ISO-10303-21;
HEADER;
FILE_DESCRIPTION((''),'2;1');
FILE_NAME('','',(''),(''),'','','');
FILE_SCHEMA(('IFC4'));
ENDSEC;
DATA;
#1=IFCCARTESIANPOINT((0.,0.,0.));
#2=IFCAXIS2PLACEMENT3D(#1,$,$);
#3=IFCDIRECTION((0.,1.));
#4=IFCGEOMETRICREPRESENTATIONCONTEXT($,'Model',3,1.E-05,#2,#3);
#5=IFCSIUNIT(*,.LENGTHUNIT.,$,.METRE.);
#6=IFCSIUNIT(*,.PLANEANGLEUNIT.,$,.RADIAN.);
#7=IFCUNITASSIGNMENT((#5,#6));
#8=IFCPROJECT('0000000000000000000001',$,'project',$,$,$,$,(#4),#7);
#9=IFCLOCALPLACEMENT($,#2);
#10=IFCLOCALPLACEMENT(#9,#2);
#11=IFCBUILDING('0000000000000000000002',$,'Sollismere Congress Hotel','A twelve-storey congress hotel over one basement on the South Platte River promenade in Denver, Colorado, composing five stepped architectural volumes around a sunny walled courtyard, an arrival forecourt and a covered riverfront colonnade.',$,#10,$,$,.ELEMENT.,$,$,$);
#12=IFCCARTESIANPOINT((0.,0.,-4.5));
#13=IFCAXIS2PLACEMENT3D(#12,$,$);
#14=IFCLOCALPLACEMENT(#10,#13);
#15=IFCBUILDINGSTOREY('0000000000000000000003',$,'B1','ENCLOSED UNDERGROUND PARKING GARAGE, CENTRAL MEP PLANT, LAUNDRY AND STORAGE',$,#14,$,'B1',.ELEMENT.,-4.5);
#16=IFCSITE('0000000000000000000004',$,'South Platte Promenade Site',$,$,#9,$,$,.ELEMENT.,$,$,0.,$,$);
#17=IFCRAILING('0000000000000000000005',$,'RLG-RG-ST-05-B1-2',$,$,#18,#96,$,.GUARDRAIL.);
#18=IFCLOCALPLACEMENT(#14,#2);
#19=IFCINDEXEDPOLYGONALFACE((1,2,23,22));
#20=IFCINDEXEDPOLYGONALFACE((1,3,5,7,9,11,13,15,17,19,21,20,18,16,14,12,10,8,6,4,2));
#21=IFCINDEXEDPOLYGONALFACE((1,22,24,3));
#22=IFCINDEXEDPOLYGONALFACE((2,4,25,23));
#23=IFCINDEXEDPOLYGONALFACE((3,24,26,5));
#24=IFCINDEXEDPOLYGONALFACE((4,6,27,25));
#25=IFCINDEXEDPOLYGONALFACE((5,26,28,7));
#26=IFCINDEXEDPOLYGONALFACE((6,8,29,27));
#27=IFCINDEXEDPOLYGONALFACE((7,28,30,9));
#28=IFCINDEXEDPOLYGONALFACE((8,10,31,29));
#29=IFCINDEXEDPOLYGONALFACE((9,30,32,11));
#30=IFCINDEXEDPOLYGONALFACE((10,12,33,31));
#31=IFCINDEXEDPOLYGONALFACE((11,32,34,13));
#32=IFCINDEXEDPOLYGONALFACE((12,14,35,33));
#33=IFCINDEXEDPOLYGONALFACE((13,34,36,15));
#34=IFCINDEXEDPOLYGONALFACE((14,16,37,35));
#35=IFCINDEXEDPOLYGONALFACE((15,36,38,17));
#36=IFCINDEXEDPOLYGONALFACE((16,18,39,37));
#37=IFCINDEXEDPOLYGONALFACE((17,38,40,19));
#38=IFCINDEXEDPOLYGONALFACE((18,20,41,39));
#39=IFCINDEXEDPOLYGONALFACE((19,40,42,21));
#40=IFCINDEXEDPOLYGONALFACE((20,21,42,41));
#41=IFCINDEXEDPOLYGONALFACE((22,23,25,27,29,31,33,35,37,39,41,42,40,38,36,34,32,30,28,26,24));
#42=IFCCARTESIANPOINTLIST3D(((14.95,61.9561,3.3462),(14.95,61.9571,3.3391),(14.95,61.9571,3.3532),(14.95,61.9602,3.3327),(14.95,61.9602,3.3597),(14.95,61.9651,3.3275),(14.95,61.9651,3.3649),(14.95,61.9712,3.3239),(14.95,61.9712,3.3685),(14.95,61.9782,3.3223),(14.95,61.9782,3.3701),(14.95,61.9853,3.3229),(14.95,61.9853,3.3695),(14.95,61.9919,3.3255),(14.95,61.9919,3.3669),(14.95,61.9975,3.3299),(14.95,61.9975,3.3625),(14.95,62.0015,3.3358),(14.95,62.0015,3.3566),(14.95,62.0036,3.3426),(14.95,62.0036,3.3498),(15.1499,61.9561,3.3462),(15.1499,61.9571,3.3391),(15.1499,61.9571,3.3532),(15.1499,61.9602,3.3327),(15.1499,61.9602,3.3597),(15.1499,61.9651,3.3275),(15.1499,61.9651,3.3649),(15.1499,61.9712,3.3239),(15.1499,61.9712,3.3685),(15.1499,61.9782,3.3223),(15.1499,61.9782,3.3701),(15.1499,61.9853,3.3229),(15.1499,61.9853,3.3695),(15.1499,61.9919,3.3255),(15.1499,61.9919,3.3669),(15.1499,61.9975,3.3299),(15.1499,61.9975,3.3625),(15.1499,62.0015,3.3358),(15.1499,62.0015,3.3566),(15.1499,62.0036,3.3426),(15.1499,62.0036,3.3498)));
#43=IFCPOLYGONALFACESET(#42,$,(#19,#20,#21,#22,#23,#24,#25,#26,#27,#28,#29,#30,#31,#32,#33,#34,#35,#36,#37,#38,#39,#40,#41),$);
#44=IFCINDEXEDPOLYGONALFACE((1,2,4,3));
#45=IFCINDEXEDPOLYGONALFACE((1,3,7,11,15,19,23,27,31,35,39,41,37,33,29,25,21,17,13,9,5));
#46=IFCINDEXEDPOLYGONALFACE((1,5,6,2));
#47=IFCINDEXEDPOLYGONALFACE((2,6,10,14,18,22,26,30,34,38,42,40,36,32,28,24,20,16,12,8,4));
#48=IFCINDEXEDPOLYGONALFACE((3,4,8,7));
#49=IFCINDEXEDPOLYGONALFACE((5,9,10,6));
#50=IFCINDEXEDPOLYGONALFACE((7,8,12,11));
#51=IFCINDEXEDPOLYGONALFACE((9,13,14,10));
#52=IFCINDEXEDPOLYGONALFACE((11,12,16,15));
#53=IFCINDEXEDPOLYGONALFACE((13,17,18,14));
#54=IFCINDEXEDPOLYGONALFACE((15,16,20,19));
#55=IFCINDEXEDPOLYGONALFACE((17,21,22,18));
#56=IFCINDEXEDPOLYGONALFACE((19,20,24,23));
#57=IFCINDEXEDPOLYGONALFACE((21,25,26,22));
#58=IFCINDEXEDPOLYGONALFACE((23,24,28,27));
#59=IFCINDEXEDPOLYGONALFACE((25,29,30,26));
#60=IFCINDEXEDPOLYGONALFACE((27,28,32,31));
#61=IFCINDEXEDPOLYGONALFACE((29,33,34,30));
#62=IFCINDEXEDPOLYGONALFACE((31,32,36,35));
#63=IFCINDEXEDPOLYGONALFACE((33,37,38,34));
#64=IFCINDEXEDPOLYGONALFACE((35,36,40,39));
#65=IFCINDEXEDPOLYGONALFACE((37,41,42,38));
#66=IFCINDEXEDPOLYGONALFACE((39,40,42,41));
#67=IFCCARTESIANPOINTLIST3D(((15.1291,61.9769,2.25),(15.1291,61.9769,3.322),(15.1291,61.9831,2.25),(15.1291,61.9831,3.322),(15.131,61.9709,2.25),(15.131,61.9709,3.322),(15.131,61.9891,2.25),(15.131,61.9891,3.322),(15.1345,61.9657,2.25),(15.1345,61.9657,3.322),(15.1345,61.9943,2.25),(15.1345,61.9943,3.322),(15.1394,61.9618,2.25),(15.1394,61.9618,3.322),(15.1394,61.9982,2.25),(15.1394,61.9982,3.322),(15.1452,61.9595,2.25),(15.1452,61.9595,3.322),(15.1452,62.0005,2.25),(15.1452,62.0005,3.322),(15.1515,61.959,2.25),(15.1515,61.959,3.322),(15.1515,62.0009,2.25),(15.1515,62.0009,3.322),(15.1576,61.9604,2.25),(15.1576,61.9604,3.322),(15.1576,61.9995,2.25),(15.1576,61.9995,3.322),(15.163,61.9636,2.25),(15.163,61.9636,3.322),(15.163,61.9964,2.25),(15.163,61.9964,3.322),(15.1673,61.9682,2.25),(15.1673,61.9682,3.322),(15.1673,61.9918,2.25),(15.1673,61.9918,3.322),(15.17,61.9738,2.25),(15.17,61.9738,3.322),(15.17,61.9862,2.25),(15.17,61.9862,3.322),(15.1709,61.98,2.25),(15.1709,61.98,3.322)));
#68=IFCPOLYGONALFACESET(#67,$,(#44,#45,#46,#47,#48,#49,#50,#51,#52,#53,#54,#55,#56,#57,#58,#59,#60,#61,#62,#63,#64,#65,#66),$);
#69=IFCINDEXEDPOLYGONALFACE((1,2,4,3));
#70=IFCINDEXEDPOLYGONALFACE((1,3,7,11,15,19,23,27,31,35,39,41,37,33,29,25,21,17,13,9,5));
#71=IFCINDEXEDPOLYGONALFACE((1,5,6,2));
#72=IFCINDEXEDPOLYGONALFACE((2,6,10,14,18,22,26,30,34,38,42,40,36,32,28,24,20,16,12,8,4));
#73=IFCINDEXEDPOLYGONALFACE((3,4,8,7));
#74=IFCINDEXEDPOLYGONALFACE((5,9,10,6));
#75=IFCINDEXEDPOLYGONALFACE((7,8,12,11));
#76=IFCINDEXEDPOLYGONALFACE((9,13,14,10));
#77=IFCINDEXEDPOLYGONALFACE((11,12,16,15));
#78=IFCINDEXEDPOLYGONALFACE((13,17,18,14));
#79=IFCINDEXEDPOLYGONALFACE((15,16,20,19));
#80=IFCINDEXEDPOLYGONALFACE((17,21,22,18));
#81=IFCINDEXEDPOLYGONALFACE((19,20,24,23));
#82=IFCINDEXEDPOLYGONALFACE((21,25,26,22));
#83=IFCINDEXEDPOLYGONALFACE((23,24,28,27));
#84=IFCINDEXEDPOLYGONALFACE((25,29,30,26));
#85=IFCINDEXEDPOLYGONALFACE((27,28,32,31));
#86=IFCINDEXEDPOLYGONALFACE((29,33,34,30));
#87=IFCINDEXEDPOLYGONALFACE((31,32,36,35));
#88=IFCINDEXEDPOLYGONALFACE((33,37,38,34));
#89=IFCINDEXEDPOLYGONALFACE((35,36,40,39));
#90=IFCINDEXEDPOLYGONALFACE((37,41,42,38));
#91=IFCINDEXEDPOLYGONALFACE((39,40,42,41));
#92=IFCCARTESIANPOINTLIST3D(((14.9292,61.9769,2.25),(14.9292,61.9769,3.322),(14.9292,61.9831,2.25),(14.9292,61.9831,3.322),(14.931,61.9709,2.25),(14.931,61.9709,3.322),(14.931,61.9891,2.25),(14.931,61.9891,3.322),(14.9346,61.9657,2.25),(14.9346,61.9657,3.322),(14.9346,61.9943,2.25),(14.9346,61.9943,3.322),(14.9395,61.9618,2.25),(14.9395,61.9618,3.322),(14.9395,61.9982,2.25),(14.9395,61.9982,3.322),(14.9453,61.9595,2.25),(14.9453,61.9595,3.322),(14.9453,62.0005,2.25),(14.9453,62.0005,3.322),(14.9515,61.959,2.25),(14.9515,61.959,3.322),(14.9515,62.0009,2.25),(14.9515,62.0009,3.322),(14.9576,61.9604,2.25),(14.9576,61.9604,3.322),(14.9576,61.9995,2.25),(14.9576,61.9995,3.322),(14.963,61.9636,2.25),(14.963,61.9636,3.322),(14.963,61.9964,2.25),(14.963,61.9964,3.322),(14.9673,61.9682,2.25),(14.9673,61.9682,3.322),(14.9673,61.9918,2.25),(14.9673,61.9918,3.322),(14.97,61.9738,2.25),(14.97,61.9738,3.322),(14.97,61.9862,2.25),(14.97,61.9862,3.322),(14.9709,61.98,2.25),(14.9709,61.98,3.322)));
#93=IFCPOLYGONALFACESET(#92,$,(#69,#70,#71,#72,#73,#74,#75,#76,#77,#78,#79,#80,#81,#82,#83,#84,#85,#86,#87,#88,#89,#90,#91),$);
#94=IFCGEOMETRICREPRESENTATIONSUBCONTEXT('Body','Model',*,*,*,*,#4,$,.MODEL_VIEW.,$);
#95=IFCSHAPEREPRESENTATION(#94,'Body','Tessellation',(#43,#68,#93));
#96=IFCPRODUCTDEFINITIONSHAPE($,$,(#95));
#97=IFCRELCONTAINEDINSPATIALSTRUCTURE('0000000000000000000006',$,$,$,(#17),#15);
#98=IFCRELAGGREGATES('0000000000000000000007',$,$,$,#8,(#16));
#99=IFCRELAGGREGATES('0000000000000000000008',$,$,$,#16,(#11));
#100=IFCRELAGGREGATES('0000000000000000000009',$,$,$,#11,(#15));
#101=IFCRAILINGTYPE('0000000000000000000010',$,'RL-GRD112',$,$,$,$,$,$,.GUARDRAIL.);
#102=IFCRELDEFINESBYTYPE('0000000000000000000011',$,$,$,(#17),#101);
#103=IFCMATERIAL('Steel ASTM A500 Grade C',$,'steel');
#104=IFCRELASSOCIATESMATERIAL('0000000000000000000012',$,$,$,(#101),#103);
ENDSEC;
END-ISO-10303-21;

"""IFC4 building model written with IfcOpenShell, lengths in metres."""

from ifc_helpers import new_model, si_unit, direction, frame, origin, origin_2d, place, context, subcontext, project, spatial, circle, extrude, material, type_object, element, save


model = new_model("IFC4")

# Units and contexts
model_context = context("Model", 3, precision=1e-05, world=origin(), true_north=direction((0.0, 1.0)))
body_context = subcontext(model_context, "Body", "Model", "MODEL_VIEW")
ifc_project = project(units=[si_unit("LENGTHUNIT", "METRE"), si_unit("PLANEANGLEUNIT", "RADIAN")], contexts=[model_context])

# Site, building, storey
site_placement = place(None, origin())
site = spatial("IfcSite", under=ifc_project, at=site_placement, Name="South Platte Promenade Site", CompositionType="ELEMENT", RefElevation=0.0)
building_placement = place(site_placement, origin())
building = spatial("IfcBuilding", under=site, at=building_placement, Name="Sollismere Congress Hotel", Description="A twelve-storey congress hotel over one basement on the South Platte River promenade in Denver, Colorado, composing five stepped architectural volumes around a sunny walled courtyard, an arrival forecourt and a covered riverfront colonnade.", CompositionType="ELEMENT")
storey_placement = place(building_placement, frame((0.0, 0.0, -4.5)))
storey = spatial("IfcBuildingStorey", under=building, at=storey_placement, Name="B1", Description="ENCLOSED UNDERGROUND PARKING GARAGE, CENTRAL MEP PLANT, LAUNDRY AND STORAGE", LongName="B1", CompositionType="ELEMENT", Elevation=-4.5)

# Railing
ifc_material_1 = material(Name="Steel ASTM A500 Grade C", Category="steel")
railing_type_1 = type_object("IfcRailingType", Name="RL-GRD112", PredefinedType="GUARDRAIL", material=ifc_material_1)
railing_1_placement = place(storey_placement, frame((15.1499, 61.98, 2.25)))
element("IfcRailing", 1, at=railing_1_placement, inside=storey, type_object=railing_type_1, Name="RLG-RG-ST-05-B1-2", PredefinedType="GUARDRAIL", context=body_context, shape_type="SweptSolid", body=[
    extrude(circle(Radius=0.0239, at=origin_2d()), frame((0.0, 0.0, 1.0962), z_axis=(-1.0, 0.0, 0.0), x_axis=(0.0, -1.0, 0.0)), (0.0, 0.0, 1.0), 0.2),
    extrude(circle(Radius=0.021, at=origin_2d()), origin(), (0.0, 0.0, 1.0), 1.072),
    extrude(circle(Radius=0.021, at=origin_2d()), frame((-0.2, 0.0, 0.0)), (0.0, 0.0, 1.0), 1.072),
])

save(model, "model.ifc")
